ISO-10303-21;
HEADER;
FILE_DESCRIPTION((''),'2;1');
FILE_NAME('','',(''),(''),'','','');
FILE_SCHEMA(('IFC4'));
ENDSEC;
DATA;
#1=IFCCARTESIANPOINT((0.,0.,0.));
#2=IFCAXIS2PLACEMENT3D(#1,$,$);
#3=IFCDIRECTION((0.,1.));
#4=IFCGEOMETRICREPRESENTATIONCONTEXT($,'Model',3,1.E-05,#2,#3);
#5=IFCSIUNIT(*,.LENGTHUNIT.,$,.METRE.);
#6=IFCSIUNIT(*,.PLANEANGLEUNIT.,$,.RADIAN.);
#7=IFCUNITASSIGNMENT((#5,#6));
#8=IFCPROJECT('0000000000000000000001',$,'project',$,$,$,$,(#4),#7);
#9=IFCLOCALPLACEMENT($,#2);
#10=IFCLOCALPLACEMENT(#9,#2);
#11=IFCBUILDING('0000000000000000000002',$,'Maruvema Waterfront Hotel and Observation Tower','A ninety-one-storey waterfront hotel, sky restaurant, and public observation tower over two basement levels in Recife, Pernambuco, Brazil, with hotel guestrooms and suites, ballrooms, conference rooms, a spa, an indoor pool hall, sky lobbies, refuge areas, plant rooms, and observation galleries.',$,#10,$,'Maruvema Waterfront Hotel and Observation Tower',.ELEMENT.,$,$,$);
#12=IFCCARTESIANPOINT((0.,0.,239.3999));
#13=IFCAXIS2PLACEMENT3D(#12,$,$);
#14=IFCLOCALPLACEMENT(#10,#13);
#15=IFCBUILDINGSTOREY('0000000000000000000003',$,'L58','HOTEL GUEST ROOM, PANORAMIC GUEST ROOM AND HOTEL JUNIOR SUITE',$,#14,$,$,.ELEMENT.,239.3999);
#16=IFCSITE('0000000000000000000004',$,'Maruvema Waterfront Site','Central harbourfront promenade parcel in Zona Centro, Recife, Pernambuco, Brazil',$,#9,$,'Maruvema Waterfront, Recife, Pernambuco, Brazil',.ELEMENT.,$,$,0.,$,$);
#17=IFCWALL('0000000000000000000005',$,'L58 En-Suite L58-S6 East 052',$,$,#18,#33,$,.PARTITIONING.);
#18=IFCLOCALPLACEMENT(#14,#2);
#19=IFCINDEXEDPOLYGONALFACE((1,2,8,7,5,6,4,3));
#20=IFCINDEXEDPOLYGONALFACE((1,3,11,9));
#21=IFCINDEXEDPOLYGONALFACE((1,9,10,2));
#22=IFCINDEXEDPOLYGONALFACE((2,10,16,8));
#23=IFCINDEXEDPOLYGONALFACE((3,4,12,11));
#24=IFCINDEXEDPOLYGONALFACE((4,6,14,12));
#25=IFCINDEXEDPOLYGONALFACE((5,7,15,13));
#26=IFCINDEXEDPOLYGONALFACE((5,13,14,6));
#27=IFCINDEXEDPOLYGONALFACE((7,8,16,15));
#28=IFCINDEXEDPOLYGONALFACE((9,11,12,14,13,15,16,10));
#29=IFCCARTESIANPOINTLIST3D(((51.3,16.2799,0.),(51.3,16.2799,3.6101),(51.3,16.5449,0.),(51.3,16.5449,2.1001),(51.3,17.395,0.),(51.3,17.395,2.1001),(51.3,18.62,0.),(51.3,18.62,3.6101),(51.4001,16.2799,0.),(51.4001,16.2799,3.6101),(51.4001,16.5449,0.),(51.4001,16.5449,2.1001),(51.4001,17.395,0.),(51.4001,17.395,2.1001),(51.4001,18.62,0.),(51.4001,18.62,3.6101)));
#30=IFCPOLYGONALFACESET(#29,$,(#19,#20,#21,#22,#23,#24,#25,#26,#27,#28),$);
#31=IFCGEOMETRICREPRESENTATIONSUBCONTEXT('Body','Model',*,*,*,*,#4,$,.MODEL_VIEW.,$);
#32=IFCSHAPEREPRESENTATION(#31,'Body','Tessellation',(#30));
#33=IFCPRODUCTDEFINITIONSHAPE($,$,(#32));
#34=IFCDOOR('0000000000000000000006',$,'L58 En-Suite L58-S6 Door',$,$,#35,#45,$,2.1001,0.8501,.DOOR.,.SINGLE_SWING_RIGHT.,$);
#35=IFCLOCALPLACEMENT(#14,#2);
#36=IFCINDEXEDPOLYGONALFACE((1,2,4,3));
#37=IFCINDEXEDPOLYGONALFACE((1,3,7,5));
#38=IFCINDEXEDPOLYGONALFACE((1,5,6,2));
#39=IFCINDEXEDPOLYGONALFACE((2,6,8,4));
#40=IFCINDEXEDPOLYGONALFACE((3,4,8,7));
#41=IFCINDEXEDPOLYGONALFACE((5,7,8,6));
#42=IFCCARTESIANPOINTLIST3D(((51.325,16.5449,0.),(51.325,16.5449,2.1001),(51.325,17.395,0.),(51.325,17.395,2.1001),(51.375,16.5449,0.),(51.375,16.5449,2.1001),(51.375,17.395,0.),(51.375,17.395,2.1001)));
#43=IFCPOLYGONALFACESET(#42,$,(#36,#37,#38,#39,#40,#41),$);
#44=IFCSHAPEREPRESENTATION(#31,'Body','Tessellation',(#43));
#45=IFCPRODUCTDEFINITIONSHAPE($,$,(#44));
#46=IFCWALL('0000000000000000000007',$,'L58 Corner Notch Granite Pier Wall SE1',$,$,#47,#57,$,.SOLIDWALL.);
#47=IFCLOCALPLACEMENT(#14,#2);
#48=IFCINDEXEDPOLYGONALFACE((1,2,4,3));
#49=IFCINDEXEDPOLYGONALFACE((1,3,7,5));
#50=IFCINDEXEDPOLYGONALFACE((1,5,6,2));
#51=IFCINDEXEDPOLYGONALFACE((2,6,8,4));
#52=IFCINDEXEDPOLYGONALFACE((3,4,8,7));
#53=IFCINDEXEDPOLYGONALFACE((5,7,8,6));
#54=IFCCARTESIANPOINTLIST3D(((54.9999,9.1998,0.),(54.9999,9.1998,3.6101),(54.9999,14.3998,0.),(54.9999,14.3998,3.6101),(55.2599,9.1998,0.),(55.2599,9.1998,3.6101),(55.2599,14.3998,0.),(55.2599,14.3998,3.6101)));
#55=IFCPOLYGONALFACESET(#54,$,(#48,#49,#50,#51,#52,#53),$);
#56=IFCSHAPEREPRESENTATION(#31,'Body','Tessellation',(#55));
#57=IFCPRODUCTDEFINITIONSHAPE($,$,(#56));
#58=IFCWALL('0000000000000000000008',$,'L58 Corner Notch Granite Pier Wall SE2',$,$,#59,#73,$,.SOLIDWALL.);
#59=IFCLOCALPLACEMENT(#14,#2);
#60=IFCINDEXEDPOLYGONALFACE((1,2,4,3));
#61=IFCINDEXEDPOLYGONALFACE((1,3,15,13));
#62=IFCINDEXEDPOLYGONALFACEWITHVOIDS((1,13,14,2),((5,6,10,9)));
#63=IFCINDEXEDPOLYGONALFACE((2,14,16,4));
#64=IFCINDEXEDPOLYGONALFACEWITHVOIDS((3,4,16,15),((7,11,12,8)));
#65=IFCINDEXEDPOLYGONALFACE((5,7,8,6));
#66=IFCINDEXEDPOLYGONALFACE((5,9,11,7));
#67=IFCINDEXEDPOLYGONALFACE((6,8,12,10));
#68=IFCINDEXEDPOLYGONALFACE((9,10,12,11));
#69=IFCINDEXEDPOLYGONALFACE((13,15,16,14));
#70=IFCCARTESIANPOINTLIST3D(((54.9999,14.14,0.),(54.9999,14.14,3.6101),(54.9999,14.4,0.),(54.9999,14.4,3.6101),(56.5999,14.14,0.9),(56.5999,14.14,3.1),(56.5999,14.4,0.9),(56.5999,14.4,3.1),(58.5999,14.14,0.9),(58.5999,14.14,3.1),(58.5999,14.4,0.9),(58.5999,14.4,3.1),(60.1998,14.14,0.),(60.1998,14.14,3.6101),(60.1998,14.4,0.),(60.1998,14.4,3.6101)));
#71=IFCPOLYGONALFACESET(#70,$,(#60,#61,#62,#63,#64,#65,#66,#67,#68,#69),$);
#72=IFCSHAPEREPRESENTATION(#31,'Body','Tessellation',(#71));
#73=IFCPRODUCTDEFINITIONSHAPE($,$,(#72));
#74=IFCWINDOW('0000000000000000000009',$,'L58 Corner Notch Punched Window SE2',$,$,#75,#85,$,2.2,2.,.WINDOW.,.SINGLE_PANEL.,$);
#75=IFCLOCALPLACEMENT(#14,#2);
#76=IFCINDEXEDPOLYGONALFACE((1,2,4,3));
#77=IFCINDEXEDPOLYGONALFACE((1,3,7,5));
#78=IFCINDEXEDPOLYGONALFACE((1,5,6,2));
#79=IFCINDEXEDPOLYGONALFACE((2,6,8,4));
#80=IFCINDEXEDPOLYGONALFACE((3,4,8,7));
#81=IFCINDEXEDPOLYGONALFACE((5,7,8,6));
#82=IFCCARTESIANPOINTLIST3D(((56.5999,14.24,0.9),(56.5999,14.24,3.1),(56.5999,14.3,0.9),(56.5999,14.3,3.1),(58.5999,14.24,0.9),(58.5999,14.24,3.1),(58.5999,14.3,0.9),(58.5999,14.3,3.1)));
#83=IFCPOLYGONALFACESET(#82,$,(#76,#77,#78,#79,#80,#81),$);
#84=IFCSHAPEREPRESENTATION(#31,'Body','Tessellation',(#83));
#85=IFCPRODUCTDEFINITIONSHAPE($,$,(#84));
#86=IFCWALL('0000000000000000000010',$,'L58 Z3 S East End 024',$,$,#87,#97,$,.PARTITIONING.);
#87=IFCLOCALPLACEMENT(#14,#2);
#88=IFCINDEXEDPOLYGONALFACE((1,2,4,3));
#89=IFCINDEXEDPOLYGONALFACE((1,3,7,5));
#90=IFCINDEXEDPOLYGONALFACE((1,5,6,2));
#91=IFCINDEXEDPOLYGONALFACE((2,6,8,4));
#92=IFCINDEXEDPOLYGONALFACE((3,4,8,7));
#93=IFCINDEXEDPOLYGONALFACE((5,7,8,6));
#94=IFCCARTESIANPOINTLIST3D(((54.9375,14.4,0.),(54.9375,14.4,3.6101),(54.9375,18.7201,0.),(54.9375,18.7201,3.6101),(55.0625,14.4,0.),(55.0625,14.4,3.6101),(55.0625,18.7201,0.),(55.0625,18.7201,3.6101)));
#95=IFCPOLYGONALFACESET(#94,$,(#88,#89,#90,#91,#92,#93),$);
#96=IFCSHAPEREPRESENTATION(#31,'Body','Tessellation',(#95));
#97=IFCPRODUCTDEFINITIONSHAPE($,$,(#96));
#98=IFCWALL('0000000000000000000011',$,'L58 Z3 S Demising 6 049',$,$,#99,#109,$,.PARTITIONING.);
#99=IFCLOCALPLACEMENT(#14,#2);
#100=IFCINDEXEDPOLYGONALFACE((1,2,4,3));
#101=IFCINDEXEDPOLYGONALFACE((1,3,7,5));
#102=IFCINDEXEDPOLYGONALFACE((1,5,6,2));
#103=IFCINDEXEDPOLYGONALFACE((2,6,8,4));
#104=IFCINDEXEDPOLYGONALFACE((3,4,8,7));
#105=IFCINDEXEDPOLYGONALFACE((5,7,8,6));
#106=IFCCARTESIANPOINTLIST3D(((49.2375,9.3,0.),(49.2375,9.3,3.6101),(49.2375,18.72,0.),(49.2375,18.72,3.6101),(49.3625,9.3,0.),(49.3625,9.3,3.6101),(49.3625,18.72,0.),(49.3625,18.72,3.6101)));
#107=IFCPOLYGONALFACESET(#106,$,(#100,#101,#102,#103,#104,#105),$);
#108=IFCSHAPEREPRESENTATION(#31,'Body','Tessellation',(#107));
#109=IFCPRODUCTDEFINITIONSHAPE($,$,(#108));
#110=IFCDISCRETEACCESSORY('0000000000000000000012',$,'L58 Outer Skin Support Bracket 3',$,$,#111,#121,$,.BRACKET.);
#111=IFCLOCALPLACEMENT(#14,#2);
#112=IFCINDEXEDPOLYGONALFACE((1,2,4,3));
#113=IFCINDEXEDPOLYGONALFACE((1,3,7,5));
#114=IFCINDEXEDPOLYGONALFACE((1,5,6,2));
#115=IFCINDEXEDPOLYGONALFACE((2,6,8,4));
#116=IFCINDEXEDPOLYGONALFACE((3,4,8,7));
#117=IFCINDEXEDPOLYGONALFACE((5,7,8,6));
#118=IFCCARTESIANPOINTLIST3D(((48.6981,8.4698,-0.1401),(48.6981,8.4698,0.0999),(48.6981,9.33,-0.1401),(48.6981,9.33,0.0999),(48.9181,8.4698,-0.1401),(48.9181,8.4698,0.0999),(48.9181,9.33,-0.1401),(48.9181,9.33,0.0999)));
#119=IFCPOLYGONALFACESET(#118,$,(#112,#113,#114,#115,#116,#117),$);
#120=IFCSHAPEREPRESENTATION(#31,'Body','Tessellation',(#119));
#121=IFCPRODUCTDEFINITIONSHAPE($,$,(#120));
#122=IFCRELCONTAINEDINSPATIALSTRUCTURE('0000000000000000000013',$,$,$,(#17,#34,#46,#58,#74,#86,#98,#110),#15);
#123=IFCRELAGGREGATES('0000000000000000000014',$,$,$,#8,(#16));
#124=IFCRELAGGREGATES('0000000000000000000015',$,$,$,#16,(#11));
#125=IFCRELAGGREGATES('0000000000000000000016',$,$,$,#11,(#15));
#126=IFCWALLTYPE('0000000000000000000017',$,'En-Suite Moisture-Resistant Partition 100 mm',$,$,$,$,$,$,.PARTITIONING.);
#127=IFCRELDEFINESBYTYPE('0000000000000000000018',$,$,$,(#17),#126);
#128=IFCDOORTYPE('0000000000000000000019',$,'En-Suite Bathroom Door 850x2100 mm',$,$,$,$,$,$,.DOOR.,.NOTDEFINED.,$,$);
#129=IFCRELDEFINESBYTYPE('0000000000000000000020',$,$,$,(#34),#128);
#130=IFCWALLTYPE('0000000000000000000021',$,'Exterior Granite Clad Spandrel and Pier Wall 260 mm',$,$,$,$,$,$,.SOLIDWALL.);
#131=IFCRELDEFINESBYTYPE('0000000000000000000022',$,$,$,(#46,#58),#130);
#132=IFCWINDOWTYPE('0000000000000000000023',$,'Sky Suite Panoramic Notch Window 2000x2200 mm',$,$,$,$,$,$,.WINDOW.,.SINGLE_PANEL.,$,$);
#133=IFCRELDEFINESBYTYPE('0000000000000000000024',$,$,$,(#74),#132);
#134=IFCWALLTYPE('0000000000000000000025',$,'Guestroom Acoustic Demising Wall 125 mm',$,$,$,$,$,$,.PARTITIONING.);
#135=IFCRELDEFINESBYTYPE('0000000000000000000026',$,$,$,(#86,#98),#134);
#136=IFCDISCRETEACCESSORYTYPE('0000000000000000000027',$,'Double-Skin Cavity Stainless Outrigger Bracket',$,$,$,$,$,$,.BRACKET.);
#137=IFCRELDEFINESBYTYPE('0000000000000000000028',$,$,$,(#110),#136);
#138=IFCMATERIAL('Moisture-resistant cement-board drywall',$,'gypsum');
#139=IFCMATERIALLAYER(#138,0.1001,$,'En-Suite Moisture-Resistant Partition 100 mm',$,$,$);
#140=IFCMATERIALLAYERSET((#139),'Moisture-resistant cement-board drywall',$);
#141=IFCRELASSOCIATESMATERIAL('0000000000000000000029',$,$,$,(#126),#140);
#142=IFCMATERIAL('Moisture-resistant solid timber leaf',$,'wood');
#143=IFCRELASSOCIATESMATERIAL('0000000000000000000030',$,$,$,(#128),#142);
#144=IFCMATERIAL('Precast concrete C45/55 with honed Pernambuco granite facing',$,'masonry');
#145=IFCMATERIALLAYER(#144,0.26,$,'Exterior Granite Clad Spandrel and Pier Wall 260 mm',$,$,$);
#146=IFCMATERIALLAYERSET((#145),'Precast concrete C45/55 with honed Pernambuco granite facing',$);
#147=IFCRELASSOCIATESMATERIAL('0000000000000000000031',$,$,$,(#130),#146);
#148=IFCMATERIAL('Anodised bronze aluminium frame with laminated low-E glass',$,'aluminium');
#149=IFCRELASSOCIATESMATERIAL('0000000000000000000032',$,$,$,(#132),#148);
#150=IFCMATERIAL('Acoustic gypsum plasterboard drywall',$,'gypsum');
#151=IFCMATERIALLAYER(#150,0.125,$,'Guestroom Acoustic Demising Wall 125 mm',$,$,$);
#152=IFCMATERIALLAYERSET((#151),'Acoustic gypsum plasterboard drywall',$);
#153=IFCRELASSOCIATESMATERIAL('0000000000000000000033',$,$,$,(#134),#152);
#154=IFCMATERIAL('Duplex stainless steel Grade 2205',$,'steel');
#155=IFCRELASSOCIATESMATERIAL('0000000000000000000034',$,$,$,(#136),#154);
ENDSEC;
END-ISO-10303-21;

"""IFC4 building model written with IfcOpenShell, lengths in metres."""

from ifc_helpers import new_model, si_unit, direction, frame, frame_2d, origin, origin_2d, place, context, subcontext, project, spatial, rectangle, extrude, material, layer, layer_set, type_object, element, fill, save


model = new_model("IFC4")

# Units and contexts
model_context = context("Model", 3, precision=1e-05, world=origin(), true_north=direction((0.0, 1.0)))
body_context = subcontext(model_context, "Body", "Model", "MODEL_VIEW")
ifc_project = project(units=[si_unit("LENGTHUNIT", "METRE"), si_unit("PLANEANGLEUNIT", "RADIAN")], contexts=[model_context])

# Site, building, storey
site_placement = place(None, origin())
site = spatial("IfcSite", under=ifc_project, at=site_placement, Name="Maruvema Waterfront Site", Description="Central harbourfront promenade parcel in Zona Centro, Recife, Pernambuco, Brazil", LongName="Maruvema Waterfront, Recife, Pernambuco, Brazil", CompositionType="ELEMENT", RefElevation=0.0)
building_placement = place(site_placement, origin())
building = spatial("IfcBuilding", under=site, at=building_placement, Name="Maruvema Waterfront Hotel and Observation Tower", Description="A ninety-one-storey waterfront hotel, sky restaurant, and public observation tower over two basement levels in Recife, Pernambuco, Brazil, with hotel guestrooms and suites, ballrooms, conference rooms, a spa, an indoor pool hall, sky lobbies, refuge areas, plant rooms, and observation galleries.", LongName="Maruvema Waterfront Hotel and Observation Tower", CompositionType="ELEMENT")
storey_placement = place(building_placement, frame((0.0, 0.0, 239.3999)))
storey = spatial("IfcBuildingStorey", under=building, at=storey_placement, Name="L58", Description="HOTEL GUEST ROOM, PANORAMIC GUEST ROOM AND HOTEL JUNIOR SUITE", CompositionType="ELEMENT", Elevation=239.3999)

# Shared definitions
ifc_material_1 = material(Name="Moisture-resistant cement-board drywall", Category="gypsum")
ifc_layer_1 = layer(ifc_material_1, 0.1001, Name="En-Suite Moisture-Resistant Partition 100 mm")
ifc_layer_set_1 = layer_set([ifc_layer_1], Name="Moisture-resistant cement-board drywall")
wall_type_1 = type_object("IfcWallType", Name="En-Suite Moisture-Resistant Partition 100 mm", PredefinedType="PARTITIONING", material=ifc_layer_set_1)

# Wall, opening, door
wall_1_placement = place(storey_placement, frame((51.3501, 16.28, 0.0), z_axis=(0.0, 0.0, 1.0), x_axis=(0.0, 1.0, 0.0)))
wall_1 = element("IfcWall", 1, at=wall_1_placement, inside=storey, type_object=wall_type_1, Name="L58 En-Suite L58-S6 East 052", PredefinedType="PARTITIONING", context=body_context, shape_type="SweptSolid", body=[
    extrude(rectangle(XDim=2.3401, YDim=0.1001, at=frame_2d((1.1699, 0.0))), origin(), (0.0, 0.0, 1.0), 3.6101),
])
opening_1_placement = place(wall_1_placement, frame((0.2649, 0.0, 0.0)))
opening_1 = element("IfcOpeningElement", 2, at=opening_1_placement, cuts=wall_1, PredefinedType="OPENING", context=body_context, shape_type="SweptSolid", body=[
    extrude(rectangle(XDim=0.8501, YDim=2.1001, at=frame_2d((0.425, 1.05))), frame((0.0, 0.0601, 0.0), z_axis=(0.0, -1.0, 0.0), x_axis=(1.0, 0.0, 0.0)), (0.0, 0.0, 1.0), 0.1201),
])
ifc_material_2 = material(Name="Moisture-resistant solid timber leaf", Category="wood")
door_type = type_object("IfcDoorType", Name="En-Suite Bathroom Door 850x2100 mm", OperationType="NOTDEFINED", PredefinedType="DOOR", material=ifc_material_2)
door_placement = place(opening_1_placement, frame((0.8501, 0.0, 0.0), z_axis=(0.0, 0.0, 1.0), x_axis=(-1.0, 0.0, 0.0)))
door = element("IfcDoor", 3, at=door_placement, inside=storey, type_object=door_type, Name="L58 En-Suite L58-S6 Door", OperationType="SINGLE_SWING_RIGHT", OverallHeight=2.1001, OverallWidth=0.8501, PredefinedType="DOOR", context=body_context, shape_type="SweptSolid", body=[
    extrude(rectangle(XDim=0.8501, YDim=2.1001, at=frame_2d((0.425, 1.05))), frame((0.0, 0.0249, 0.0), z_axis=(0.0, -1.0, 0.0), x_axis=(1.0, 0.0, 0.0)), (0.0, 0.0, 1.0), 0.05),
])
fill(opening_1, door)

# Wall
ifc_material_3 = material(Name="Precast concrete C45/55 with honed Pernambuco granite facing", Category="masonry")
ifc_layer_2 = layer(ifc_material_3, 0.26, Name="Exterior Granite Clad Spandrel and Pier Wall 260 mm")
ifc_layer_set_2 = layer_set([ifc_layer_2], Name="Precast concrete C45/55 with honed Pernambuco granite facing")
wall_type_2 = type_object("IfcWallType", Name="Exterior Granite Clad Spandrel and Pier Wall 260 mm", PredefinedType="SOLIDWALL", material=ifc_layer_set_2)
wall_2_placement = place(storey_placement, frame((55.1299, 14.3999, 0.0), z_axis=(0.0, 0.0, 1.0), x_axis=(0.0, -1.0, 0.0)))
element("IfcWall", 4, at=wall_2_placement, inside=storey, type_object=wall_type_2, Name="L58 Corner Notch Granite Pier Wall SE1", PredefinedType="SOLIDWALL", context=body_context, shape_type="SweptSolid", body=[
    extrude(rectangle(XDim=5.2, YDim=0.26, at=frame_2d((2.6001, 0.0))), origin(), (0.0, 0.0, 1.0), 3.6101),
])

# Wall, opening, window
wall_3_placement = place(storey_placement, frame((60.2, 14.27, 0.0), z_axis=(0.0, 0.0, 1.0), x_axis=(-1.0, 0.0, 0.0)))
wall_3 = element("IfcWall", 5, at=wall_3_placement, inside=storey, type_object=wall_type_2, Name="L58 Corner Notch Granite Pier Wall SE2", PredefinedType="SOLIDWALL", context=body_context, shape_type="SweptSolid", body=[
    extrude(rectangle(XDim=5.2, YDim=0.26, at=frame_2d((2.6001, 0.0))), origin(), (0.0, 0.0, 1.0), 3.6101),
])
opening_2_placement = place(wall_3_placement, frame((1.6001, 0.0, 0.8999)))
opening_2 = element("IfcOpeningElement", 6, at=opening_2_placement, cuts=wall_3, PredefinedType="OPENING", context=body_context, shape_type="SweptSolid", body=[
    extrude(rectangle(XDim=2.0, YDim=2.2, at=frame_2d((1.0, 1.1001))), frame((0.0, 0.1401, 0.0), z_axis=(0.0, -1.0, 0.0), x_axis=(1.0, 0.0, 0.0)), (0.0, 0.0, 1.0), 0.28),
])
ifc_material_4 = material(Name="Anodised bronze aluminium frame with laminated low-E glass", Category="aluminium")
window_type = type_object("IfcWindowType", Name="Sky Suite Panoramic Notch Window 2000x2200 mm", PartitioningType="SINGLE_PANEL", PredefinedType="WINDOW", material=ifc_material_4)
window_placement = place(opening_2_placement, origin())
window = element("IfcWindow", 7, at=window_placement, inside=storey, type_object=window_type, Name="L58 Corner Notch Punched Window SE2", OverallHeight=2.2, OverallWidth=2.0, PartitioningType="SINGLE_PANEL", PredefinedType="WINDOW", context=body_context, shape_type="SweptSolid", body=[
    extrude(rectangle(XDim=2.0, YDim=2.2, at=frame_2d((1.0, 1.1001))), frame((0.0, 0.03, 0.0), z_axis=(0.0, -1.0, 0.0), x_axis=(1.0, 0.0, 0.0)), (0.0, 0.0, 1.0), 0.0601),
])
fill(opening_2, window)

# Walls
ifc_material_5 = material(Name="Acoustic gypsum plasterboard drywall", Category="gypsum")
ifc_layer_3 = layer(ifc_material_5, 0.125, Name="Guestroom Acoustic Demising Wall 125 mm")
ifc_layer_set_3 = layer_set([ifc_layer_3], Name="Acoustic gypsum plasterboard drywall")
wall_type_3 = type_object("IfcWallType", Name="Guestroom Acoustic Demising Wall 125 mm", PredefinedType="PARTITIONING", material=ifc_layer_set_3)
wall_4_placement = place(storey_placement, frame((55.0, 14.3999, 0.0), z_axis=(0.0, 0.0, 1.0), x_axis=(0.0, 1.0, 0.0)))
element("IfcWall", 8, at=wall_4_placement, inside=storey, type_object=wall_type_3, Name="L58 Z3 S East End 024", PredefinedType="PARTITIONING", context=body_context, shape_type="SweptSolid", body=[
    extrude(rectangle(XDim=4.3201, YDim=0.125, at=frame_2d((2.1602, 0.0))), origin(), (0.0, 0.0, 1.0), 3.6101),
])
wall_5_placement = place(storey_placement, frame((49.3, 9.3, 0.0), z_axis=(0.0, 0.0, 1.0), x_axis=(0.0, 1.0, 0.0)))
element("IfcWall", 9, at=wall_5_placement, inside=storey, type_object=wall_type_3, Name="L58 Z3 S Demising 6 049", PredefinedType="PARTITIONING", context=body_context, shape_type="SweptSolid", body=[
    extrude(rectangle(XDim=9.4199, YDim=0.125, at=frame_2d((4.71, 0.0))), origin(), (0.0, 0.0, 1.0), 3.6101),
])

# Discrete accessory
ifc_material_6 = material(Name="Duplex stainless steel Grade 2205", Category="steel")
discrete_accessory_type = type_object("IfcDiscreteAccessoryType", Name="Double-Skin Cavity Stainless Outrigger Bracket", PredefinedType="BRACKET", material=ifc_material_6)
discrete_accessory_placement = place(storey_placement, frame((48.8081, 8.8999, -0.1401), z_axis=(0.0, 0.0, 1.0), x_axis=(1.0, 0.0, 0.0)))
element("IfcDiscreteAccessory", 10, at=discrete_accessory_placement, inside=storey, type_object=discrete_accessory_type, Name="L58 Outer Skin Support Bracket 3", PredefinedType="BRACKET", context=body_context, shape_type="SweptSolid", body=[
    extrude(rectangle(XDim=0.22, YDim=0.8601, at=origin_2d()), origin(), (0.0, 0.0, 1.0), 0.24),
])

save(model, "model.ifc")
